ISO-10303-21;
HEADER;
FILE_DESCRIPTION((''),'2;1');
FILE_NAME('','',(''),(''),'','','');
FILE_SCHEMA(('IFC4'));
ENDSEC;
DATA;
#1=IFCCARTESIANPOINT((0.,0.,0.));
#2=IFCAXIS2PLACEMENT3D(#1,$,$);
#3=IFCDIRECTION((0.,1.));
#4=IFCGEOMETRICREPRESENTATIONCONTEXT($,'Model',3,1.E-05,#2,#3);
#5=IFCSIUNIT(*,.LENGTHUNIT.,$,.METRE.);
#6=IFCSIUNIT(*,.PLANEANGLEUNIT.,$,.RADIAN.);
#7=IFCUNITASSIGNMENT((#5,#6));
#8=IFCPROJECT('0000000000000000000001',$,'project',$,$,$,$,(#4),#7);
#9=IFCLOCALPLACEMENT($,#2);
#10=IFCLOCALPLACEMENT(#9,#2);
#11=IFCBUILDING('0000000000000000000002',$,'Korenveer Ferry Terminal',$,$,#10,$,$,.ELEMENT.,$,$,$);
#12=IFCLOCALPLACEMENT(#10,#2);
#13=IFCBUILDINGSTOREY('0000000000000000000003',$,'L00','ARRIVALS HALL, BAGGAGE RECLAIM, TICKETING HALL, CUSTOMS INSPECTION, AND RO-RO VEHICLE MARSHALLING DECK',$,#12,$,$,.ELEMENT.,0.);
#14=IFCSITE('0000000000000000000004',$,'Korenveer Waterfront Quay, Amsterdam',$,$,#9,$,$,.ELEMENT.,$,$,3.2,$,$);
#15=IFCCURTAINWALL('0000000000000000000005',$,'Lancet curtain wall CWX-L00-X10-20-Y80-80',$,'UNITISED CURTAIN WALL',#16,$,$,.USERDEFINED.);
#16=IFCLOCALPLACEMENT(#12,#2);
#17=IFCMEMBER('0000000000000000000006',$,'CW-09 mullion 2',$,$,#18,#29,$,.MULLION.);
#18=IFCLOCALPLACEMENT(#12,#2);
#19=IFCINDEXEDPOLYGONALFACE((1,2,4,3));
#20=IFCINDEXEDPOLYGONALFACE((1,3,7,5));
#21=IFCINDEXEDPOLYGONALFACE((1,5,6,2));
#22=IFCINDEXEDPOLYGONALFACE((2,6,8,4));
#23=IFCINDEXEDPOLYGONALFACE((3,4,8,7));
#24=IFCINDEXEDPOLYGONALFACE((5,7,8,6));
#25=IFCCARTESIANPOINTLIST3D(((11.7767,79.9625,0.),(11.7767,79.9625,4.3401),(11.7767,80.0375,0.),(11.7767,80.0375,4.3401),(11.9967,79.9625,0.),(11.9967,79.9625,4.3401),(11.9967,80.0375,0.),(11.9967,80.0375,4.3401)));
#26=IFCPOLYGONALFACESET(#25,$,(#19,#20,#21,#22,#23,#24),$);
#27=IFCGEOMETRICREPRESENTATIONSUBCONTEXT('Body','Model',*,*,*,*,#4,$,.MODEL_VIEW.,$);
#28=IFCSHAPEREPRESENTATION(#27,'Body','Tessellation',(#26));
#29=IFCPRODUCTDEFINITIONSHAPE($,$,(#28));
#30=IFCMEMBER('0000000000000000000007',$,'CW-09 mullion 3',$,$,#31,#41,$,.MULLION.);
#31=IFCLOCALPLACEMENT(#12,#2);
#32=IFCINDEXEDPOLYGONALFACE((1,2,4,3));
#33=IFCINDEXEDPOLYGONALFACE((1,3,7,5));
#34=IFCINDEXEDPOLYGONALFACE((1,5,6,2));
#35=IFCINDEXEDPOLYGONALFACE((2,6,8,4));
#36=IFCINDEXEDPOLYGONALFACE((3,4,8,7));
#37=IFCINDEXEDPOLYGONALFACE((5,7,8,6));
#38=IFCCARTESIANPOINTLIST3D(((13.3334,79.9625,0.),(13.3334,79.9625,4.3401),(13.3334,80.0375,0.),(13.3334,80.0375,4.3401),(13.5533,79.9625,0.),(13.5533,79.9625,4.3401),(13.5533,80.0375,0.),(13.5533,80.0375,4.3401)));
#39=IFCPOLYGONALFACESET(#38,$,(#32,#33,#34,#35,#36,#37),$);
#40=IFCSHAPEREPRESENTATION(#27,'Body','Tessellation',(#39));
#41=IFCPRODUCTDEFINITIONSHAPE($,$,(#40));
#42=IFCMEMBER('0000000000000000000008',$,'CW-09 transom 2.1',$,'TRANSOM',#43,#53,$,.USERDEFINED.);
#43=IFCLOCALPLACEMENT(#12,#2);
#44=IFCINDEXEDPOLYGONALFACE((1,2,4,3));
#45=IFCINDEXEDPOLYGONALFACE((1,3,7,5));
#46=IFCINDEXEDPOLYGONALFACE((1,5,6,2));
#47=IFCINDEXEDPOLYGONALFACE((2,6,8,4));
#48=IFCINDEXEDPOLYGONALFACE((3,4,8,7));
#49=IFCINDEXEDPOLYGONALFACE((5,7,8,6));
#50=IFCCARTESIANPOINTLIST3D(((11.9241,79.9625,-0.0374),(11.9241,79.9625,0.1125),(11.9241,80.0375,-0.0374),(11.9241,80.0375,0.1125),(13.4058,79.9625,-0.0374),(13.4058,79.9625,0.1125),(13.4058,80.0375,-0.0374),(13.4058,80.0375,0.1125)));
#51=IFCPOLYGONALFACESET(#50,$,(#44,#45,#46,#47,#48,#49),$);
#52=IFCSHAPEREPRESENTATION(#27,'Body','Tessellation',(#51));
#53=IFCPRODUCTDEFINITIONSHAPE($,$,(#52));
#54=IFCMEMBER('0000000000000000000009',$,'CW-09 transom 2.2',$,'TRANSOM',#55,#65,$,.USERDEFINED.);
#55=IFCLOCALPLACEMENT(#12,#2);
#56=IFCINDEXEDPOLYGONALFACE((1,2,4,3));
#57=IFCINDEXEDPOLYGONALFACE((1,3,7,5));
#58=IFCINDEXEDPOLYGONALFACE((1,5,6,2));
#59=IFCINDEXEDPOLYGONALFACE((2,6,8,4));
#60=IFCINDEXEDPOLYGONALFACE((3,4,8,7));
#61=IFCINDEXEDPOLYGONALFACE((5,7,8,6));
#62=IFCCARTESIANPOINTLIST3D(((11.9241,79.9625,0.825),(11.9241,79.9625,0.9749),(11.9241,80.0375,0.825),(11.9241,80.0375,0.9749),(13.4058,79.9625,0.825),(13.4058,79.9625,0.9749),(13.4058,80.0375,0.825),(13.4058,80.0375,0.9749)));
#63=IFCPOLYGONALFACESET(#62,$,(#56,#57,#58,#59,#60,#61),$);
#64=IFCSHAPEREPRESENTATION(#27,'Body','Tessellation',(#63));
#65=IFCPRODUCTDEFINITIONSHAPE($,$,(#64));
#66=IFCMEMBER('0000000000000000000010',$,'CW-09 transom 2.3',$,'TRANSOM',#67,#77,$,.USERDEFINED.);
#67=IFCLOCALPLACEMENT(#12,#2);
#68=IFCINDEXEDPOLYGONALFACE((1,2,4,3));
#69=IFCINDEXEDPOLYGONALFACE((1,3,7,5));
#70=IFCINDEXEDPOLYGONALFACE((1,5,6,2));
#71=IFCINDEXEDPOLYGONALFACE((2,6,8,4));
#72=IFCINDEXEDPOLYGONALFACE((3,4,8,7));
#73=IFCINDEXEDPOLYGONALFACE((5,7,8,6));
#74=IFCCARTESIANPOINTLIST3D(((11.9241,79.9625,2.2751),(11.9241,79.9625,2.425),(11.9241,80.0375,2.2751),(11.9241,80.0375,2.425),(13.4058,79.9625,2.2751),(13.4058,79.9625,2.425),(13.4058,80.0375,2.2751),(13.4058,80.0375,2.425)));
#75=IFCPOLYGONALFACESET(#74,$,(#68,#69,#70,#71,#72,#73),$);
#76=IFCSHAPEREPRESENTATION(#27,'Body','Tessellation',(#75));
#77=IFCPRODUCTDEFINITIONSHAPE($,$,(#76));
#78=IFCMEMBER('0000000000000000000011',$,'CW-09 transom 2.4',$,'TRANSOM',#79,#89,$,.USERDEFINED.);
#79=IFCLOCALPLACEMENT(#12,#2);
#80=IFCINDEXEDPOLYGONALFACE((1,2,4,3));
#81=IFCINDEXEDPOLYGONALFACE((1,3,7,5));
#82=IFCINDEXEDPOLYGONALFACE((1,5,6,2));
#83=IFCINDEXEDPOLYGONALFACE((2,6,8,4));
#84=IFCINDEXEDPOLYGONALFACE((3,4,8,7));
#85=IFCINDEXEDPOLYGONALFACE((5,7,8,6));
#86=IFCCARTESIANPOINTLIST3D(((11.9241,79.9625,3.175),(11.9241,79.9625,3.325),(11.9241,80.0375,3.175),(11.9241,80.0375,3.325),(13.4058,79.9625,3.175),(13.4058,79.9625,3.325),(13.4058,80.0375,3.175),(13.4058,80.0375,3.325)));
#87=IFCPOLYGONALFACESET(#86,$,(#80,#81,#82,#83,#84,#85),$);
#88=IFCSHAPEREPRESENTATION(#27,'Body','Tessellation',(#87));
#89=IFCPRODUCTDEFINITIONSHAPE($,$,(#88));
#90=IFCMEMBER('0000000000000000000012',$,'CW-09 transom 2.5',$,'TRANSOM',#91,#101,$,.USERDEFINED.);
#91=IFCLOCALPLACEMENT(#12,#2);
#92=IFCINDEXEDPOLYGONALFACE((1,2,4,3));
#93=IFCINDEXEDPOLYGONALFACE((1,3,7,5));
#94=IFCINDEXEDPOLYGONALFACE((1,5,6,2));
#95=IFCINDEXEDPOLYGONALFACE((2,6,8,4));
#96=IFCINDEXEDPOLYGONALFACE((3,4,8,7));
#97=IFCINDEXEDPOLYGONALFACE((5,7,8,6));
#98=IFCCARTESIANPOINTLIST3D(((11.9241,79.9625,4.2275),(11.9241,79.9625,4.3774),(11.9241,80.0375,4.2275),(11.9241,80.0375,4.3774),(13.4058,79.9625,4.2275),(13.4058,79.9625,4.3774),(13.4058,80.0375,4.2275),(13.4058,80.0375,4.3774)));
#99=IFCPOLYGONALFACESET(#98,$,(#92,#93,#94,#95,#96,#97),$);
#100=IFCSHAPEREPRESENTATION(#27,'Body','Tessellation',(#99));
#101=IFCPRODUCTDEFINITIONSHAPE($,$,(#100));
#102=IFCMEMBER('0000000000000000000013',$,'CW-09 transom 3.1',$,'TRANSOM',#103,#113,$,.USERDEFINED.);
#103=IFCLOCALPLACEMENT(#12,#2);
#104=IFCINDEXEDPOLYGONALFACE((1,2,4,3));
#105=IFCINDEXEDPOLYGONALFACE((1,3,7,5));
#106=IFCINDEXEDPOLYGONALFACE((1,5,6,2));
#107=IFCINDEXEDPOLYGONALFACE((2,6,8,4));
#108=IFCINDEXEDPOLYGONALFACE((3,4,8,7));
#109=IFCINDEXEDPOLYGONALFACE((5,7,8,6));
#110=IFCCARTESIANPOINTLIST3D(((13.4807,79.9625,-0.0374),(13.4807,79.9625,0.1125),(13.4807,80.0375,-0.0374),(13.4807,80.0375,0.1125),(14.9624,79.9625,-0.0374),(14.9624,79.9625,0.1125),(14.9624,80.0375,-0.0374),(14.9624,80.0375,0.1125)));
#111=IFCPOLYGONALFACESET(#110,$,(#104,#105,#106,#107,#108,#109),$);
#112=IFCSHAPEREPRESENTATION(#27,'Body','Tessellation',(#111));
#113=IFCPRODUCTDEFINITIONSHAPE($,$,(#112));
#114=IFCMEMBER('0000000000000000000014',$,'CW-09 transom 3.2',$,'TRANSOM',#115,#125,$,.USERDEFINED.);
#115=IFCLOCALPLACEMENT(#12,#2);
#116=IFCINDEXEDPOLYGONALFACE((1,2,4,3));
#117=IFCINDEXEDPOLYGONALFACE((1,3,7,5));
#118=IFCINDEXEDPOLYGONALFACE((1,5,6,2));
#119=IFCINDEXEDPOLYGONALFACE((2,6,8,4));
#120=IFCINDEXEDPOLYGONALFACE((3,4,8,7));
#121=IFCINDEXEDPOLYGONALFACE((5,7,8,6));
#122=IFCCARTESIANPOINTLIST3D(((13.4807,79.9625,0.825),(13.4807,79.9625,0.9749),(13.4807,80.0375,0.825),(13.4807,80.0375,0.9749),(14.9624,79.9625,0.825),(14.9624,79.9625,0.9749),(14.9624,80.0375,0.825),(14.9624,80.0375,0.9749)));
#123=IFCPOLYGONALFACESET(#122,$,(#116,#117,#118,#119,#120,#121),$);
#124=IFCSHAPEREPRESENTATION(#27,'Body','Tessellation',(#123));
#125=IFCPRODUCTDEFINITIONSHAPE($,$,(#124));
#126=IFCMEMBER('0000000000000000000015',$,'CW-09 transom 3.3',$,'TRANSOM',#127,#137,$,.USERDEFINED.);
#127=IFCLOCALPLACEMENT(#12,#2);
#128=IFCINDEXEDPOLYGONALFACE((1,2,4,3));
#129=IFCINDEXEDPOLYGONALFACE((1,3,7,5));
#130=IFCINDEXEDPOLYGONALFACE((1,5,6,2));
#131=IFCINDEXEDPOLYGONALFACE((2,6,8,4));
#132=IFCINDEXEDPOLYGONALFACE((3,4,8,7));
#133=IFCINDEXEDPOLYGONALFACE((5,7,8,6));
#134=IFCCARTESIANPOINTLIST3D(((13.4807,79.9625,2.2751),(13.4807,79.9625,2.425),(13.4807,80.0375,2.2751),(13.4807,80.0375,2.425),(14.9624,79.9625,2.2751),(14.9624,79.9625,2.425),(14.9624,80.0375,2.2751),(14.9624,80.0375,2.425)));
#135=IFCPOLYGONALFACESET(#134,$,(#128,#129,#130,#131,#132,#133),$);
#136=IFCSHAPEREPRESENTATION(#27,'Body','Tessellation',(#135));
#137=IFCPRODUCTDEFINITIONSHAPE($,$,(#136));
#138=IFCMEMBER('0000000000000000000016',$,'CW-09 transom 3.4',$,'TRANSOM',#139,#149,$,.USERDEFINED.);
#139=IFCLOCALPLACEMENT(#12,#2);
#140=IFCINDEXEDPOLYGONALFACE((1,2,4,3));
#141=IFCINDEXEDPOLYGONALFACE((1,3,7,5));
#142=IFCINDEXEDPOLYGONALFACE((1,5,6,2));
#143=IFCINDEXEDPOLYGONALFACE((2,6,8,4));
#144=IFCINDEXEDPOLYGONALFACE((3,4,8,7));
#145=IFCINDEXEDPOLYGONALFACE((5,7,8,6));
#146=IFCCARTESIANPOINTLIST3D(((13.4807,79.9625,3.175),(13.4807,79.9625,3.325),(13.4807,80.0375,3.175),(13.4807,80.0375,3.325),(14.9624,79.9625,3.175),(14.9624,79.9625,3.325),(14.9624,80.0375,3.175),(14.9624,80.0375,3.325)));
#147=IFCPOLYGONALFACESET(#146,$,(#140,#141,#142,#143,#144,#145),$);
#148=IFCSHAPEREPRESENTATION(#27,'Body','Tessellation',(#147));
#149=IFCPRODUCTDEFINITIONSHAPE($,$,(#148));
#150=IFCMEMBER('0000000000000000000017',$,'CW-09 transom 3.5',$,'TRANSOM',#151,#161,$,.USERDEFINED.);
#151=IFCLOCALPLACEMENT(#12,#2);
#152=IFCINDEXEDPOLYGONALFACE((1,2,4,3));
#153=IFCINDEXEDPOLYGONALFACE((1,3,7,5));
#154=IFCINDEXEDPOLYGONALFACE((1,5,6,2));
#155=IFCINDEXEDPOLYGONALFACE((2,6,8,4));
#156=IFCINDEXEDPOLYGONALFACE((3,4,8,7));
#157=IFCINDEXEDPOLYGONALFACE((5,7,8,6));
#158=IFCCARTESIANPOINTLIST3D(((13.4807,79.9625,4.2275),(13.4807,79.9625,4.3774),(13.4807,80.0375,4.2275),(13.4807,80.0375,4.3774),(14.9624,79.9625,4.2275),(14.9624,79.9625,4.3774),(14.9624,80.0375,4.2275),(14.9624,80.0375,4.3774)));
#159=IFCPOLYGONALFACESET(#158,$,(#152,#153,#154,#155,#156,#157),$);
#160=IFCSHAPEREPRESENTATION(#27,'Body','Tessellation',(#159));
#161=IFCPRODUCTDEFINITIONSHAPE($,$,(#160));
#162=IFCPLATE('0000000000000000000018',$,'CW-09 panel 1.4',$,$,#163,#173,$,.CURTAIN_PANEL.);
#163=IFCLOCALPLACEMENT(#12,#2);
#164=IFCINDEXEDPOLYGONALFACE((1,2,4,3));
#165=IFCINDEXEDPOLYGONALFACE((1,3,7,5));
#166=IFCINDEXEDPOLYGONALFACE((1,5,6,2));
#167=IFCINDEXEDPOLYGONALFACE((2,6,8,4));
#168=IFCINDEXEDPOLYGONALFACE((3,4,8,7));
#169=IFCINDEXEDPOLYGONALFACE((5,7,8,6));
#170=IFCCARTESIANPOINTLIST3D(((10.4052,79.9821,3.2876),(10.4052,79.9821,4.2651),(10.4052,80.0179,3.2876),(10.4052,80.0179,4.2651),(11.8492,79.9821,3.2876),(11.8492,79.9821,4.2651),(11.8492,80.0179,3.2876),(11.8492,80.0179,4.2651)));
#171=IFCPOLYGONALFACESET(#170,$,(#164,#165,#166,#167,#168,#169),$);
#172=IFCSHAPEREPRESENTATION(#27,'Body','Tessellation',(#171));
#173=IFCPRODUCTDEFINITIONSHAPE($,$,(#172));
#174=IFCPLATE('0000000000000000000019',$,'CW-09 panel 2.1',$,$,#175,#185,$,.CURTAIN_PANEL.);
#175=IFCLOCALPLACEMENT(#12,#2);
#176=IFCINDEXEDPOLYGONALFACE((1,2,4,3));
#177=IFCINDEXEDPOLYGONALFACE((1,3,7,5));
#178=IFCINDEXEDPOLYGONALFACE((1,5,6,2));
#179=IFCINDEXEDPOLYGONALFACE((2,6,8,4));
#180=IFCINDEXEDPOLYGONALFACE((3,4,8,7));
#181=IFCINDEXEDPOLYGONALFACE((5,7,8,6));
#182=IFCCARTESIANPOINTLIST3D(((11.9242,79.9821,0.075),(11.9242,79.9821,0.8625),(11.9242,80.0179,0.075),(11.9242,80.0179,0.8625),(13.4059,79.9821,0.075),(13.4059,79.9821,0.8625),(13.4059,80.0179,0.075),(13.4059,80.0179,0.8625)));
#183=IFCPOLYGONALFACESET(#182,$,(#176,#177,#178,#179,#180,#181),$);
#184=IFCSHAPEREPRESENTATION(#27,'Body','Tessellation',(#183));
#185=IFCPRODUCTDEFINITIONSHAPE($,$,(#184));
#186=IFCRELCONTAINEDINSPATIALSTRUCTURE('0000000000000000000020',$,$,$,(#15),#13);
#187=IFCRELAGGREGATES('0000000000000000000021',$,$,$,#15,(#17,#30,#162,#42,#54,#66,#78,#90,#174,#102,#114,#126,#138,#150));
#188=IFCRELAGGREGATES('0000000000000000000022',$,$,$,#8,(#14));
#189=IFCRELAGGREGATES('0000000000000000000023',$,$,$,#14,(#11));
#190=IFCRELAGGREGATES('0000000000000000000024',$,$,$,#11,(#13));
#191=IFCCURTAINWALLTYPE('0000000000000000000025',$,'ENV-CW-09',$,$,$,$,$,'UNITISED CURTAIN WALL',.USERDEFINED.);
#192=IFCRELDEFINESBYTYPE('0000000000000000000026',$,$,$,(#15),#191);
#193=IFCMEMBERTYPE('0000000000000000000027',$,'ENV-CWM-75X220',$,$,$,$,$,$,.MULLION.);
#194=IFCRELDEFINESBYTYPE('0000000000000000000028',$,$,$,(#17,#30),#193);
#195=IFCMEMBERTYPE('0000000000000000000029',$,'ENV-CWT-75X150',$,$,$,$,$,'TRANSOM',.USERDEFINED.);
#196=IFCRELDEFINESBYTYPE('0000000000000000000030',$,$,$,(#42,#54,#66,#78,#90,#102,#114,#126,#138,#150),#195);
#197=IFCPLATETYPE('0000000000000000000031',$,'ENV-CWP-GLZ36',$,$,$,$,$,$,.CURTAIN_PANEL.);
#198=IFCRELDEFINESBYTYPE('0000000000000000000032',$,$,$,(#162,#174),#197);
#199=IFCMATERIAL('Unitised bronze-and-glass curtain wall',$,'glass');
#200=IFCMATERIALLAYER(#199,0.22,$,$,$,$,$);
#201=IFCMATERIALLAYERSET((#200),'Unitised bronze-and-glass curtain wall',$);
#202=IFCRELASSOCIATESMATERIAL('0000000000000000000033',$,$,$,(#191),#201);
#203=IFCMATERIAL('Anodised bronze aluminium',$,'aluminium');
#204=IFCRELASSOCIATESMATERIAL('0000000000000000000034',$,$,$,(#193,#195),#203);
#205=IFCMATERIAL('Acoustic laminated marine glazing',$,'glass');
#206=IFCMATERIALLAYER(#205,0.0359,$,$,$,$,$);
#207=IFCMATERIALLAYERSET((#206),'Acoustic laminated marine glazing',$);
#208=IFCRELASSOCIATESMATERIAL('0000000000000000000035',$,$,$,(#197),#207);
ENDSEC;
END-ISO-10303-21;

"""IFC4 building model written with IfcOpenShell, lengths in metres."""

from ifc_helpers import new_model, si_unit, direction, frame, origin, origin_2d, place, context, subcontext, project, spatial, rectangle, extrude, material, layer, layer_set, material_profile, profile_set, type_object, element, aggregate, save


model = new_model("IFC4")

# Units and contexts
model_context = context("Model", 3, precision=1e-05, world=origin(), true_north=direction((0.0, 1.0)))
body_context = subcontext(model_context, "Body", "Model", "MODEL_VIEW")
ifc_project = project(units=[si_unit("LENGTHUNIT", "METRE"), si_unit("PLANEANGLEUNIT", "RADIAN")], contexts=[model_context])

# Site, building, storey
site_placement = place(None, origin())
site = spatial("IfcSite", under=ifc_project, at=site_placement, Name="Korenveer Waterfront Quay, Amsterdam", CompositionType="ELEMENT", RefElevation=3.2)
building_placement = place(site_placement, origin())
building = spatial("IfcBuilding", under=site, at=building_placement, Name="Korenveer Ferry Terminal", CompositionType="ELEMENT")
storey_placement = place(building_placement, origin())
storey = spatial("IfcBuildingStorey", under=building, at=storey_placement, Name="L00", Description="ARRIVALS HALL, BAGGAGE RECLAIM, TICKETING HALL, CUSTOMS INSPECTION, AND RO-RO VEHICLE MARSHALLING DECK", CompositionType="ELEMENT", Elevation=0.0)

# Curtain wall, members, plates
ifc_material_1 = material(Name="Unitised bronze-and-glass curtain wall", Category="glass")
ifc_layer_1 = layer(ifc_material_1, 0.22)
ifc_layer_set_1 = layer_set([ifc_layer_1], Name="Unitised bronze-and-glass curtain wall")
curtain_wall_type = type_object("IfcCurtainWallType", Name="ENV-CW-09", ElementType="UNITISED CURTAIN WALL", PredefinedType="USERDEFINED", material=ifc_layer_set_1)
curtain_wall_placement = place(storey_placement, frame((10.3301, 80.0, 0.0)))
curtain_wall = element("IfcCurtainWall", 1, at=curtain_wall_placement, inside=storey, type_object=curtain_wall_type, Name="Lancet curtain wall CWX-L00-X10-20-Y80-80", ObjectType="UNITISED CURTAIN WALL", PredefinedType="USERDEFINED")
ifc_material_2 = material(Name="Anodised bronze aluminium", Category="aluminium")
ifc_material_profile_1 = material_profile(ifc_material_2, rectangle(XDim=0.075, YDim=0.22, at=origin_2d()), Name="ALU 75x220")
ifc_profile_set_1 = profile_set([ifc_material_profile_1], Name="Anodised bronze aluminium")
member_type_1 = type_object("IfcMemberType", Name="ENV-CWM-75X220", PredefinedType="MULLION", material=ifc_profile_set_1)
member_1_placement = place(storey_placement, frame((11.8867, 80.0, 0.0), z_axis=(0.0, 0.0, 1.0), x_axis=(0.0, 1.0, 0.0)))
member_1 = element("IfcMember", 2, at=member_1_placement, type_object=member_type_1, Name="CW-09 mullion 2", PredefinedType="MULLION", context=body_context, shape_type="SweptSolid", body=[
    extrude(rectangle(XDim=0.075, YDim=0.22, at=origin_2d()), origin(), (0.0, 0.0, 1.0), 4.3401),
])
member_2_placement = place(storey_placement, frame((13.4434, 80.0, 0.0), z_axis=(0.0, 0.0, 1.0), x_axis=(0.0, 1.0, 0.0)))
member_2 = element("IfcMember", 3, at=member_2_placement, type_object=member_type_1, Name="CW-09 mullion 3", PredefinedType="MULLION", context=body_context, shape_type="SweptSolid", body=[
    extrude(rectangle(XDim=0.075, YDim=0.22, at=origin_2d()), origin(), (0.0, 0.0, 1.0), 4.3401),
])
ifc_material_profile_2 = material_profile(ifc_material_2, rectangle(XDim=0.075, YDim=0.1499, at=origin_2d()), Name="ALU 75x150")
ifc_profile_set_2 = profile_set([ifc_material_profile_2], Name="Anodised bronze aluminium")
member_type_2 = type_object("IfcMemberType", Name="ENV-CWT-75X150", ElementType="TRANSOM", PredefinedType="USERDEFINED", material=ifc_profile_set_2)
member_3_placement = place(storey_placement, frame((11.9241, 80.0, 0.0376), z_axis=(1.0, 0.0, 0.0), x_axis=(0.0, 1.0, 0.0)))
member_3 = element("IfcMember", 4, at=member_3_placement, type_object=member_type_2, Name="CW-09 transom 2.1", ObjectType="TRANSOM", PredefinedType="USERDEFINED", context=body_context, shape_type="SweptSolid", body=[
    extrude(rectangle(XDim=0.075, YDim=0.1499, at=origin_2d()), origin(), (0.0, 0.0, 1.0), 1.4817),
])
member_4_placement = place(storey_placement, frame((11.9241, 80.0, 0.8999), z_axis=(1.0, 0.0, 0.0), x_axis=(0.0, 1.0, 0.0)))
member_4 = element("IfcMember", 5, at=member_4_placement, type_object=member_type_2, Name="CW-09 transom 2.2", ObjectType="TRANSOM", PredefinedType="USERDEFINED", context=body_context, shape_type="SweptSolid", body=[
    extrude(rectangle(XDim=0.075, YDim=0.1499, at=origin_2d()), origin(), (0.0, 0.0, 1.0), 1.4817),
])
member_5_placement = place(storey_placement, frame((11.9241, 80.0, 2.3501), z_axis=(1.0, 0.0, 0.0), x_axis=(0.0, 1.0, 0.0)))
member_5 = element("IfcMember", 6, at=member_5_placement, type_object=member_type_2, Name="CW-09 transom 2.3", ObjectType="TRANSOM", PredefinedType="USERDEFINED", context=body_context, shape_type="SweptSolid", body=[
    extrude(rectangle(XDim=0.075, YDim=0.1499, at=origin_2d()), origin(), (0.0, 0.0, 1.0), 1.4817),
])
member_6_placement = place(storey_placement, frame((11.9241, 80.0, 3.25), z_axis=(1.0, 0.0, 0.0), x_axis=(0.0, 1.0, 0.0)))
member_6 = element("IfcMember", 7, at=member_6_placement, type_object=member_type_2, Name="CW-09 transom 2.4", ObjectType="TRANSOM", PredefinedType="USERDEFINED", context=body_context, shape_type="SweptSolid", body=[
    extrude(rectangle(XDim=0.075, YDim=0.1499, at=origin_2d()), origin(), (0.0, 0.0, 1.0), 1.4817),
])
member_7_placement = place(storey_placement, frame((11.9241, 80.0, 4.3025), z_axis=(1.0, 0.0, 0.0), x_axis=(0.0, 1.0, 0.0)))
member_7 = element("IfcMember", 8, at=member_7_placement, type_object=member_type_2, Name="CW-09 transom 2.5", ObjectType="TRANSOM", PredefinedType="USERDEFINED", context=body_context, shape_type="SweptSolid", body=[
    extrude(rectangle(XDim=0.075, YDim=0.1499, at=origin_2d()), origin(), (0.0, 0.0, 1.0), 1.4817),
])
member_8_placement = place(storey_placement, frame((13.4807, 80.0, 0.0376), z_axis=(1.0, 0.0, 0.0), x_axis=(0.0, 1.0, 0.0)))
member_8 = element("IfcMember", 9, at=member_8_placement, type_object=member_type_2, Name="CW-09 transom 3.1", ObjectType="TRANSOM", PredefinedType="USERDEFINED", context=body_context, shape_type="SweptSolid", body=[
    extrude(rectangle(XDim=0.075, YDim=0.1499, at=origin_2d()), origin(), (0.0, 0.0, 1.0), 1.4817),
])
member_9_placement = place(storey_placement, frame((13.4807, 80.0, 0.8999), z_axis=(1.0, 0.0, 0.0), x_axis=(0.0, 1.0, 0.0)))
member_9 = element("IfcMember", 10, at=member_9_placement, type_object=member_type_2, Name="CW-09 transom 3.2", ObjectType="TRANSOM", PredefinedType="USERDEFINED", context=body_context, shape_type="SweptSolid", body=[
    extrude(rectangle(XDim=0.075, YDim=0.1499, at=origin_2d()), origin(), (0.0, 0.0, 1.0), 1.4817),
])
member_10_placement = place(storey_placement, frame((13.4807, 80.0, 2.3501), z_axis=(1.0, 0.0, 0.0), x_axis=(0.0, 1.0, 0.0)))
member_10 = element("IfcMember", 11, at=member_10_placement, type_object=member_type_2, Name="CW-09 transom 3.3", ObjectType="TRANSOM", PredefinedType="USERDEFINED", context=body_context, shape_type="SweptSolid", body=[
    extrude(rectangle(XDim=0.075, YDim=0.1499, at=origin_2d()), origin(), (0.0, 0.0, 1.0), 1.4817),
])
member_11_placement = place(storey_placement, frame((13.4807, 80.0, 3.25), z_axis=(1.0, 0.0, 0.0), x_axis=(0.0, 1.0, 0.0)))
member_11 = element("IfcMember", 12, at=member_11_placement, type_object=member_type_2, Name="CW-09 transom 3.4", ObjectType="TRANSOM", PredefinedType="USERDEFINED", context=body_context, shape_type="SweptSolid", body=[
    extrude(rectangle(XDim=0.075, YDim=0.1499, at=origin_2d()), origin(), (0.0, 0.0, 1.0), 1.4817),
])
member_12_placement = place(storey_placement, frame((13.4807, 80.0, 4.3025), z_axis=(1.0, 0.0, 0.0), x_axis=(0.0, 1.0, 0.0)))
member_12 = element("IfcMember", 13, at=member_12_placement, type_object=member_type_2, Name="CW-09 transom 3.5", ObjectType="TRANSOM", PredefinedType="USERDEFINED", context=body_context, shape_type="SweptSolid", body=[
    extrude(rectangle(XDim=0.075, YDim=0.1499, at=origin_2d()), origin(), (0.0, 0.0, 1.0), 1.4817),
])
ifc_material_3 = material(Name="Acoustic laminated marine glazing", Category="glass")
ifc_layer_2 = layer(ifc_material_3, 0.0359)
ifc_layer_set_2 = layer_set([ifc_layer_2], Name="Acoustic laminated marine glazing")
plate_type = type_object("IfcPlateType", Name="ENV-CWP-GLZ36", PredefinedType="CURTAIN_PANEL", material=ifc_layer_set_2)
plate_1_placement = place(storey_placement, frame((11.1272, 80.0, 3.2876), z_axis=(0.0, 0.0, 1.0), x_axis=(1.0, 0.0, 0.0)))
plate_1 = element("IfcPlate", 14, at=plate_1_placement, type_object=plate_type, Name="CW-09 panel 1.4", PredefinedType="CURTAIN_PANEL", context=body_context, shape_type="SweptSolid", body=[
    extrude(rectangle(XDim=1.4441, YDim=0.0359, at=origin_2d()), origin(), (0.0, 0.0, 1.0), 0.9775),
])
plate_2_placement = place(storey_placement, frame((12.665, 80.0, 0.075), z_axis=(0.0, 0.0, 1.0), x_axis=(1.0, 0.0, 0.0)))
plate_2 = element("IfcPlate", 15, at=plate_2_placement, type_object=plate_type, Name="CW-09 panel 2.1", PredefinedType="CURTAIN_PANEL", context=body_context, shape_type="SweptSolid", body=[
    extrude(rectangle(XDim=1.4817, YDim=0.0359, at=origin_2d()), origin(), (0.0, 0.0, 1.0), 0.7876),
])
aggregate(curtain_wall, [member_1, member_2, plate_1, member_3, member_4, member_5, member_6, member_7, plate_2, member_8, member_9, member_10, member_11, member_12])

save(model, "model.ifc")
